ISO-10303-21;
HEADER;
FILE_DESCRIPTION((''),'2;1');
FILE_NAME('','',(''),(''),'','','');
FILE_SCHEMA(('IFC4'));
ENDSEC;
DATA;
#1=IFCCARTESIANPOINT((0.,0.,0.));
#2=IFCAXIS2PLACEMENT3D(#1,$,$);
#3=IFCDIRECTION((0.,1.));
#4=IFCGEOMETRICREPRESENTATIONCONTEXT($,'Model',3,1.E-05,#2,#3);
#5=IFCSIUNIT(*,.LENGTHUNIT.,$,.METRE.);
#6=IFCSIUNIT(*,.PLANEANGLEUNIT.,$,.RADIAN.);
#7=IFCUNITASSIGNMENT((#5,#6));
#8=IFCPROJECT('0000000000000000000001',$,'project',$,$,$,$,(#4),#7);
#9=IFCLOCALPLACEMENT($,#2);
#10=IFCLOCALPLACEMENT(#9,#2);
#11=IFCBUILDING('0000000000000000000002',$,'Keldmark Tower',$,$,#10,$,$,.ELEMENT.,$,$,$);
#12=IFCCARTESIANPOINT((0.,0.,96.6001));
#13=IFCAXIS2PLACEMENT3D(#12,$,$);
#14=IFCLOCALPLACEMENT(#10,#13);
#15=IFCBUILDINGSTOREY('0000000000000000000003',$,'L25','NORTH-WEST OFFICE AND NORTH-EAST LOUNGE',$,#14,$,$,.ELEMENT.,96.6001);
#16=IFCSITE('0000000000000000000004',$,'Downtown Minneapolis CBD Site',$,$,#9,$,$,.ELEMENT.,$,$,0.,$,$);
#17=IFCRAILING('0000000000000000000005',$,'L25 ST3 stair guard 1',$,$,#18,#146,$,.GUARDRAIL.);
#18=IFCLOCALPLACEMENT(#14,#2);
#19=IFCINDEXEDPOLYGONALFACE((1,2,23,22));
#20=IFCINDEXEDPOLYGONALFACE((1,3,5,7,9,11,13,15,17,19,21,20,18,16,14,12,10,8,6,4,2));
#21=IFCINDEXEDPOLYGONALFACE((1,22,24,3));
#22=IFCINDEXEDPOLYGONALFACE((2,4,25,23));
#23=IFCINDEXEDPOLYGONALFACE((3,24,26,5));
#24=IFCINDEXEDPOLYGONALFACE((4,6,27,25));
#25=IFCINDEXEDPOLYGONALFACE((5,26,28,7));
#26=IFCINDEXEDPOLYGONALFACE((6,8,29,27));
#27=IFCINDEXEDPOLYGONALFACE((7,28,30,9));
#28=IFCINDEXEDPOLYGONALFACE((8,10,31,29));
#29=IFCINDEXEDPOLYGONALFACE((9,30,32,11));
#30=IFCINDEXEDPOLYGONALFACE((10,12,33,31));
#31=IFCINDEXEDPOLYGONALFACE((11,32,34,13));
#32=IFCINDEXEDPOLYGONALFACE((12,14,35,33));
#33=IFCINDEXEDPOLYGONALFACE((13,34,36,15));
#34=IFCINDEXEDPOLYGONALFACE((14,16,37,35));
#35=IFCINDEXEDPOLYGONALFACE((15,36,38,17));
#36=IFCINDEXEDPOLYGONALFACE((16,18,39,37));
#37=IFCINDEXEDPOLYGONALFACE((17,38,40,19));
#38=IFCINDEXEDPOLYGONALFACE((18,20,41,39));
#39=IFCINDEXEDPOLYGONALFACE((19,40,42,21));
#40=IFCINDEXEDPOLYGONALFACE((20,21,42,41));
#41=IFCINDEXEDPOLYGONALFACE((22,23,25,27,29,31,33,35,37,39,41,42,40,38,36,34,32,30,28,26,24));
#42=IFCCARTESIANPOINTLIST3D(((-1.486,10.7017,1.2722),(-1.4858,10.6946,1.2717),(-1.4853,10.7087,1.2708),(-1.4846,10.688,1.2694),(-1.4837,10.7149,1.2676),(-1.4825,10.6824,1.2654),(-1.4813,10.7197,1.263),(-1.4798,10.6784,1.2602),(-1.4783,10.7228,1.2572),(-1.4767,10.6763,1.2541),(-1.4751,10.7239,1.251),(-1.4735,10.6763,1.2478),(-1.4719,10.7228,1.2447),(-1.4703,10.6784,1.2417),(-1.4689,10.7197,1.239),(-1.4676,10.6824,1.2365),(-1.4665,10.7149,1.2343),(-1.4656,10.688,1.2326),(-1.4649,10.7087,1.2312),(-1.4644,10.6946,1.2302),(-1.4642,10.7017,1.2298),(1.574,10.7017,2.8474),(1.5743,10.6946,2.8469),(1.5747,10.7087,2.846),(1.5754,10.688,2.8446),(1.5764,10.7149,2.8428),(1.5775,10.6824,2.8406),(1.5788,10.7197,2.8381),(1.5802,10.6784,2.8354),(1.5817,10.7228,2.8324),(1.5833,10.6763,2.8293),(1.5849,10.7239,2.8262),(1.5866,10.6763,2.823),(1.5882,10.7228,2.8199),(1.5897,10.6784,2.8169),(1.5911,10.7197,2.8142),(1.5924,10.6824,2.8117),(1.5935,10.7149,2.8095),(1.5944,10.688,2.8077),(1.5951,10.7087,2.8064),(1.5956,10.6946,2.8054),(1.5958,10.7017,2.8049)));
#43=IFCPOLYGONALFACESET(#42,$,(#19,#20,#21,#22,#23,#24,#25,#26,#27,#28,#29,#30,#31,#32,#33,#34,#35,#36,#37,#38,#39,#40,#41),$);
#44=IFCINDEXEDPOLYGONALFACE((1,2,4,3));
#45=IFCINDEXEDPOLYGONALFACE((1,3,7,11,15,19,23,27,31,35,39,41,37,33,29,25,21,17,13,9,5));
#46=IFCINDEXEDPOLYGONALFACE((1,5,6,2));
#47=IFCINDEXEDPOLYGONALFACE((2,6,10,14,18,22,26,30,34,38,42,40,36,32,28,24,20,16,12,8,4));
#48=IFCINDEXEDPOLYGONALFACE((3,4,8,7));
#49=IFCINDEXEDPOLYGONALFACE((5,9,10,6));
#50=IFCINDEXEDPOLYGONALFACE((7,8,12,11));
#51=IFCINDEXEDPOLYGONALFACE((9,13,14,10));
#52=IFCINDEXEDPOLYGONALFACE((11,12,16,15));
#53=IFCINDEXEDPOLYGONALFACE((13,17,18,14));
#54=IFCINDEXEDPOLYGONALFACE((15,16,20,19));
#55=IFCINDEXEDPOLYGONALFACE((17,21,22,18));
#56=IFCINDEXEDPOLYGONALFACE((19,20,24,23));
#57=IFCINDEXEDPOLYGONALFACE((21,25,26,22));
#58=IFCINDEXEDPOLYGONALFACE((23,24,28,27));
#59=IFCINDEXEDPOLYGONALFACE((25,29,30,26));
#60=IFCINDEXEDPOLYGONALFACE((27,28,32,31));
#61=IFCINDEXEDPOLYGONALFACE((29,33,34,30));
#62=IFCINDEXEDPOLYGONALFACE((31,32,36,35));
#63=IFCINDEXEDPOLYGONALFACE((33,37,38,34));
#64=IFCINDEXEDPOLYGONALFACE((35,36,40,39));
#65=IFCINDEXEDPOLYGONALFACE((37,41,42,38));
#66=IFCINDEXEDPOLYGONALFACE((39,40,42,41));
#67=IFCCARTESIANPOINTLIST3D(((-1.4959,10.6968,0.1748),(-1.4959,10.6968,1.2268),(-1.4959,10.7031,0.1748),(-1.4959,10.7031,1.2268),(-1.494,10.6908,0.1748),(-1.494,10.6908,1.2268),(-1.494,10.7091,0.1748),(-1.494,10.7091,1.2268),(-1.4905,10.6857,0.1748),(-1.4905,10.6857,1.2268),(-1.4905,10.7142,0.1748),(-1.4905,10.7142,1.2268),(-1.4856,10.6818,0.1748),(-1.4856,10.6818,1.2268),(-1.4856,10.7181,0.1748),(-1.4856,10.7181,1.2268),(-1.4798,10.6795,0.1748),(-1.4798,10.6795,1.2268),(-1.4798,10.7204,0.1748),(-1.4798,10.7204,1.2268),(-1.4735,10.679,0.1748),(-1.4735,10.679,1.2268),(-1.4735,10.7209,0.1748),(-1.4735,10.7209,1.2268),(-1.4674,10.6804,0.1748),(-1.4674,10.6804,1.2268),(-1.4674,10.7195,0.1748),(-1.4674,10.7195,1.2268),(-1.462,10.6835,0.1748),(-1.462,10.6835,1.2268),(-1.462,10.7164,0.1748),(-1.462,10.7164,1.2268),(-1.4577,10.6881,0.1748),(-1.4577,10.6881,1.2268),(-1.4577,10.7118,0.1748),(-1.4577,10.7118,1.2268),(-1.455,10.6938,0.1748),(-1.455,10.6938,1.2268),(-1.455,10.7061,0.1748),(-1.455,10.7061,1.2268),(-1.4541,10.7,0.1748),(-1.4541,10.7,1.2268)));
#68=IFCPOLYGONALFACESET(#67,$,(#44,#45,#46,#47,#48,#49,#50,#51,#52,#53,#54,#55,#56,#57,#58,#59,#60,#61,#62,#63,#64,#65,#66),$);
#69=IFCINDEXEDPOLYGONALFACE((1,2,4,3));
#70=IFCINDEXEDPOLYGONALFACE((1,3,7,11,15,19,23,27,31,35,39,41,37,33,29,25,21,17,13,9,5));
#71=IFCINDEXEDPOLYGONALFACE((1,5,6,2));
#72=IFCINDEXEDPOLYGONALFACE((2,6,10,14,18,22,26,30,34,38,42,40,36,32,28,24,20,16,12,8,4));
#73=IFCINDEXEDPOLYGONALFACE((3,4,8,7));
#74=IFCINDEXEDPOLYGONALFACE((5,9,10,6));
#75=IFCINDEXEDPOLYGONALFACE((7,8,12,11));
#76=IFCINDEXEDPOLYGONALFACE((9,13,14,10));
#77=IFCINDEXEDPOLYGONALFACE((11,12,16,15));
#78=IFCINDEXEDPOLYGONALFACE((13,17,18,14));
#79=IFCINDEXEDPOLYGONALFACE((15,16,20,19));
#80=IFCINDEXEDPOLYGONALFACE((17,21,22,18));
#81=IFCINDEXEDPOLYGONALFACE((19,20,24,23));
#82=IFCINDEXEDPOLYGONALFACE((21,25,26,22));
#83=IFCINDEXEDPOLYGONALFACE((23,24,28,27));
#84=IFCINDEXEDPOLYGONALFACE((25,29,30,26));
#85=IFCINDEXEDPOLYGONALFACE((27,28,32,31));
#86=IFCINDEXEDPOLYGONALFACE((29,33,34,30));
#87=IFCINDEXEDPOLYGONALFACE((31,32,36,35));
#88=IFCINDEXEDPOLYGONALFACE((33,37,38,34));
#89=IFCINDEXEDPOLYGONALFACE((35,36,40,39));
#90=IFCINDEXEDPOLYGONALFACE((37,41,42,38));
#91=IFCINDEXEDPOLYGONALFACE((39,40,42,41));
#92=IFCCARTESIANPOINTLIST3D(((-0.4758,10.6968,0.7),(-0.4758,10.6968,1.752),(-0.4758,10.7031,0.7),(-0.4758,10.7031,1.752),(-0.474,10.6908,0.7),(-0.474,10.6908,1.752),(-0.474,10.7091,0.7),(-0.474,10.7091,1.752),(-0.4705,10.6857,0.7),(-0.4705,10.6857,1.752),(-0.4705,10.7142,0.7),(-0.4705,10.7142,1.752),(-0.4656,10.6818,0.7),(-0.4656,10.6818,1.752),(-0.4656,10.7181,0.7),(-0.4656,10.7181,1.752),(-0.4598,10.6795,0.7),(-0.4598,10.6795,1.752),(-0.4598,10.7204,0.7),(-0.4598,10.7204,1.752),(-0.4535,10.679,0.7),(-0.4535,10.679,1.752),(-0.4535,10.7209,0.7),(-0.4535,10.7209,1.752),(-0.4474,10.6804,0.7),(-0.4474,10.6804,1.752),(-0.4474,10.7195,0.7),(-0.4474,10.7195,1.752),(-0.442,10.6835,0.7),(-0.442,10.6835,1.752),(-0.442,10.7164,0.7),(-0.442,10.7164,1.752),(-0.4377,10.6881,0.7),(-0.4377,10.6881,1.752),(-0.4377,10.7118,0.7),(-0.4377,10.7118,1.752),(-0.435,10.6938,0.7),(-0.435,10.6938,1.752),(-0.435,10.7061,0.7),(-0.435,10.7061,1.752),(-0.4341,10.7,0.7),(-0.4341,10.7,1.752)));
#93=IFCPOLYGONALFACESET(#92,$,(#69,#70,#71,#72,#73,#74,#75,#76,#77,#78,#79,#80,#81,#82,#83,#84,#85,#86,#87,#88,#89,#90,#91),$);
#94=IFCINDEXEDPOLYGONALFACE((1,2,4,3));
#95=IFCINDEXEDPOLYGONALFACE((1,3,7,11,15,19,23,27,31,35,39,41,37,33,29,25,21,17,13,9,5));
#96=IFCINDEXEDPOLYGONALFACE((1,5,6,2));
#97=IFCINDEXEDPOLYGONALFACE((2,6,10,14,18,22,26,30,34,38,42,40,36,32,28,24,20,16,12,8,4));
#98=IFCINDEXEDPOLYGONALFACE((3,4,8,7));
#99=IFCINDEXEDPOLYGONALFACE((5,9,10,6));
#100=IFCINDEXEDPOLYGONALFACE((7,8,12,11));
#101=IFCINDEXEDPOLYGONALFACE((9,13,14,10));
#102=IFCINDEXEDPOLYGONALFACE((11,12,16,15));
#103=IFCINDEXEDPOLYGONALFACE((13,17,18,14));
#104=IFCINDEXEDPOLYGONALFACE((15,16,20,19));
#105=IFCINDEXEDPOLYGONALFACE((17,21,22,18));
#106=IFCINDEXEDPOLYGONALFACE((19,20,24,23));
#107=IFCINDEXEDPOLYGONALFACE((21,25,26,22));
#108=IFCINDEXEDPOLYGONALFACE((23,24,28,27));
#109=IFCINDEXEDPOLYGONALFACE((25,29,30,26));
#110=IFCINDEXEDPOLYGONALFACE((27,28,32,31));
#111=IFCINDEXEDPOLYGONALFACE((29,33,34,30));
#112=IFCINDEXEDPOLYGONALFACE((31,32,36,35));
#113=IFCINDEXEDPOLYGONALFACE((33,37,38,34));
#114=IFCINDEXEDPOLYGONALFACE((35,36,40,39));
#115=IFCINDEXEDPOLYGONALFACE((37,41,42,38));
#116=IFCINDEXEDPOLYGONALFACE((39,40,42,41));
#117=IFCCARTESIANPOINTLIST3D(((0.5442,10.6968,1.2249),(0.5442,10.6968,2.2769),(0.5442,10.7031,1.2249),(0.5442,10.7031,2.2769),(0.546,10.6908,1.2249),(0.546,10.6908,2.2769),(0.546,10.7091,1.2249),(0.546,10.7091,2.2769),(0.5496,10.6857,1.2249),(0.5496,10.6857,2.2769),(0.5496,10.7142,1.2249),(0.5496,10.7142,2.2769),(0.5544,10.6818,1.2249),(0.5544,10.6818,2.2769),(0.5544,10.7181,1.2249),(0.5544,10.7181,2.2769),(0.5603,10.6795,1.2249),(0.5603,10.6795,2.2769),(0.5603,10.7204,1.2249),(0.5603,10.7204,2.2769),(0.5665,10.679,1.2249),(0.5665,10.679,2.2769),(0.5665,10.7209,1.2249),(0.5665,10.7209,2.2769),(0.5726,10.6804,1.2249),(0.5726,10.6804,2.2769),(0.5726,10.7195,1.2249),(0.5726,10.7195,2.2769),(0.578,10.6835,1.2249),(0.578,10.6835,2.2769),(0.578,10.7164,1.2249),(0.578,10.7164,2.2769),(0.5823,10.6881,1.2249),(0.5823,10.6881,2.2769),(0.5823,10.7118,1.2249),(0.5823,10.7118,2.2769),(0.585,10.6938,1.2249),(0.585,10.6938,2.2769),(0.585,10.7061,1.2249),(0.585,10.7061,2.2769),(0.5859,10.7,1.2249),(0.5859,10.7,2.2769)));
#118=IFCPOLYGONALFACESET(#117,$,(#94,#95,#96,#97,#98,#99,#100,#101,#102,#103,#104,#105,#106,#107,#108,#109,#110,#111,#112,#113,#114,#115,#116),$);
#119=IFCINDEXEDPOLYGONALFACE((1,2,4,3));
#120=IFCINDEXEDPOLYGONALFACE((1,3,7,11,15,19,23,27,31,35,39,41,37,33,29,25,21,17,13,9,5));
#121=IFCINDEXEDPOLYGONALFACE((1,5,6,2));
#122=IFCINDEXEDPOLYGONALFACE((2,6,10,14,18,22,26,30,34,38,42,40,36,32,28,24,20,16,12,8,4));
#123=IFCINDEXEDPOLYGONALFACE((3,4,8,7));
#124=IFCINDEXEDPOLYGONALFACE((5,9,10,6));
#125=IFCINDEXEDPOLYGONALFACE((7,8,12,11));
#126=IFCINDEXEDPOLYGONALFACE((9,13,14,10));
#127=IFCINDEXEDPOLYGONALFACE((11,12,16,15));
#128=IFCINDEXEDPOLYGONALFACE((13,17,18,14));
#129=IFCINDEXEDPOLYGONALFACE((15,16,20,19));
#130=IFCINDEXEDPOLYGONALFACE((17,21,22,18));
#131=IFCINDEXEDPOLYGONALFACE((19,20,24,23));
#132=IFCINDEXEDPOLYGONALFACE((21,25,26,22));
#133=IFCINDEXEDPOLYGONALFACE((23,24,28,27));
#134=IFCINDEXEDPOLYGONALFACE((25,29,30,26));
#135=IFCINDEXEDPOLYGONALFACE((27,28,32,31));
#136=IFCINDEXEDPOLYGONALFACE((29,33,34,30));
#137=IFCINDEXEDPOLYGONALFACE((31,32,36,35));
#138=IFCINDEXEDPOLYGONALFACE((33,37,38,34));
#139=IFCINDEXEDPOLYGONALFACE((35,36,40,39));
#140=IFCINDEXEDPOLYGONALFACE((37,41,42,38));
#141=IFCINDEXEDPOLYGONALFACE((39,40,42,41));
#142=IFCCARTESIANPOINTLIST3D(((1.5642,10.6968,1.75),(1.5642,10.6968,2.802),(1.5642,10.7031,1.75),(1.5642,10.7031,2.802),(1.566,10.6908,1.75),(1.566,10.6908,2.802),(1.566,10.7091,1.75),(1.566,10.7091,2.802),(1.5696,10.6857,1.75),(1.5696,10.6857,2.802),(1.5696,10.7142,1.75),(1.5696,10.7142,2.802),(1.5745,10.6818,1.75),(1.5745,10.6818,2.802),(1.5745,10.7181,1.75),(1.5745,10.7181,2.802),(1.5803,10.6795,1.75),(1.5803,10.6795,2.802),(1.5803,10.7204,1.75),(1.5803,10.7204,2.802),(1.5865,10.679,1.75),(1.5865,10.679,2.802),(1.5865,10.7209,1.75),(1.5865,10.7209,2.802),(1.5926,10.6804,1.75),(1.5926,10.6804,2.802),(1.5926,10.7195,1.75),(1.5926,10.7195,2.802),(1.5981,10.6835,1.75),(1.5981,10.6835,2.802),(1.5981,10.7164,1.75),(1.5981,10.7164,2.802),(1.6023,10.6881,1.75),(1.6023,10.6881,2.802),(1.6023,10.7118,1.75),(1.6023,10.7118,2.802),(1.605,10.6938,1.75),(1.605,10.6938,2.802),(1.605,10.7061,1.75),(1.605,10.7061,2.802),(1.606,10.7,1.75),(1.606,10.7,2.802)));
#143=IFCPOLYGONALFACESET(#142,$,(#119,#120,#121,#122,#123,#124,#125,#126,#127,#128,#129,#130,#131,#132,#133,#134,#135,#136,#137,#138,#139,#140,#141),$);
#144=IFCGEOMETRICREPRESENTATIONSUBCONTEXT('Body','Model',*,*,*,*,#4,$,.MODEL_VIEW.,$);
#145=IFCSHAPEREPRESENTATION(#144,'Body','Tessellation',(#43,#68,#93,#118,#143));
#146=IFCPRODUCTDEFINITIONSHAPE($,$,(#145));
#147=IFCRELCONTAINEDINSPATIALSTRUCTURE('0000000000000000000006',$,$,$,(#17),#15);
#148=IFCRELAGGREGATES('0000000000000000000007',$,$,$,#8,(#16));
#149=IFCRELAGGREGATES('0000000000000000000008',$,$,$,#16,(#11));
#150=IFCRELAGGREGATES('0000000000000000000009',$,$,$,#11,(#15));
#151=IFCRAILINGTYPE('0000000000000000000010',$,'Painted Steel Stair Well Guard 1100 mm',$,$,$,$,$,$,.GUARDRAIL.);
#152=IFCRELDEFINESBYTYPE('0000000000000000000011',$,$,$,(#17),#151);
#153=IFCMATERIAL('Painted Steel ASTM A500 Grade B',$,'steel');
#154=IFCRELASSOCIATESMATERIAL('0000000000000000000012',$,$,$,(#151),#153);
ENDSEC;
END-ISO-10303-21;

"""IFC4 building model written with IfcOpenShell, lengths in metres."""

from ifc_helpers import new_model, si_unit, direction, frame, origin, origin_2d, place, context, subcontext, project, spatial, circle, extrude, material, type_object, element, save


model = new_model("IFC4")

# Units and contexts
model_context = context("Model", 3, precision=1e-05, world=origin(), true_north=direction((0.0, 1.0)))
body_context = subcontext(model_context, "Body", "Model", "MODEL_VIEW")
ifc_project = project(units=[si_unit("LENGTHUNIT", "METRE"), si_unit("PLANEANGLEUNIT", "RADIAN")], contexts=[model_context])

# Site, building, storey
site_placement = place(None, origin())
site = spatial("IfcSite", under=ifc_project, at=site_placement, Name="Downtown Minneapolis CBD Site", CompositionType="ELEMENT", RefElevation=0.0)
building_placement = place(site_placement, origin())
building = spatial("IfcBuilding", under=site, at=building_placement, Name="Keldmark Tower", CompositionType="ELEMENT")
storey_placement = place(building_placement, frame((0.0, 0.0, 96.6001)))
storey = spatial("IfcBuildingStorey", under=building, at=storey_placement, Name="L25", Description="NORTH-WEST OFFICE AND NORTH-EAST LOUNGE", CompositionType="ELEMENT", Elevation=96.6001)

# Railing
ifc_material_1 = material(Name="Painted Steel ASTM A500 Grade B", Category="steel")
railing_type_1 = type_object("IfcRailingType", Name="Painted Steel Stair Well Guard 1100 mm", PredefinedType="GUARDRAIL", material=ifc_material_1)
railing_1_placement = place(storey_placement, frame((-1.4751, 10.7, 0.1748)))
element("IfcRailing", 1, at=railing_1_placement, inside=storey, type_object=railing_type_1, Name="L25 ST3 stair guard 1", PredefinedType="GUARDRAIL", context=body_context, shape_type="SweptSolid", body=[
    extrude(circle(Radius=0.0239, at=origin_2d()), frame((0.0, 0.0, 1.0762), z_axis=(0.889116, 0.0, 0.457681), x_axis=(0.0, 1.0, 0.0)), (0.0, 0.0, 1.0), 3.4417),
    extrude(circle(Radius=0.021, at=origin_2d()), origin(), (0.0, 0.0, 1.0), 1.052),
    extrude(circle(Radius=0.021, at=origin_2d()), frame((1.02, 0.0, 0.5251)), (0.0, 0.0, 1.0), 1.052),
    extrude(circle(Radius=0.021, at=origin_2d()), frame((2.04, 0.0, 1.05)), (0.0, 0.0, 1.0), 1.052),
    extrude(circle(Radius=0.021, at=origin_2d()), frame((3.0601, 0.0, 1.5752)), (0.0, 0.0, 1.0), 1.052),
])

save(model, "model.ifc")
